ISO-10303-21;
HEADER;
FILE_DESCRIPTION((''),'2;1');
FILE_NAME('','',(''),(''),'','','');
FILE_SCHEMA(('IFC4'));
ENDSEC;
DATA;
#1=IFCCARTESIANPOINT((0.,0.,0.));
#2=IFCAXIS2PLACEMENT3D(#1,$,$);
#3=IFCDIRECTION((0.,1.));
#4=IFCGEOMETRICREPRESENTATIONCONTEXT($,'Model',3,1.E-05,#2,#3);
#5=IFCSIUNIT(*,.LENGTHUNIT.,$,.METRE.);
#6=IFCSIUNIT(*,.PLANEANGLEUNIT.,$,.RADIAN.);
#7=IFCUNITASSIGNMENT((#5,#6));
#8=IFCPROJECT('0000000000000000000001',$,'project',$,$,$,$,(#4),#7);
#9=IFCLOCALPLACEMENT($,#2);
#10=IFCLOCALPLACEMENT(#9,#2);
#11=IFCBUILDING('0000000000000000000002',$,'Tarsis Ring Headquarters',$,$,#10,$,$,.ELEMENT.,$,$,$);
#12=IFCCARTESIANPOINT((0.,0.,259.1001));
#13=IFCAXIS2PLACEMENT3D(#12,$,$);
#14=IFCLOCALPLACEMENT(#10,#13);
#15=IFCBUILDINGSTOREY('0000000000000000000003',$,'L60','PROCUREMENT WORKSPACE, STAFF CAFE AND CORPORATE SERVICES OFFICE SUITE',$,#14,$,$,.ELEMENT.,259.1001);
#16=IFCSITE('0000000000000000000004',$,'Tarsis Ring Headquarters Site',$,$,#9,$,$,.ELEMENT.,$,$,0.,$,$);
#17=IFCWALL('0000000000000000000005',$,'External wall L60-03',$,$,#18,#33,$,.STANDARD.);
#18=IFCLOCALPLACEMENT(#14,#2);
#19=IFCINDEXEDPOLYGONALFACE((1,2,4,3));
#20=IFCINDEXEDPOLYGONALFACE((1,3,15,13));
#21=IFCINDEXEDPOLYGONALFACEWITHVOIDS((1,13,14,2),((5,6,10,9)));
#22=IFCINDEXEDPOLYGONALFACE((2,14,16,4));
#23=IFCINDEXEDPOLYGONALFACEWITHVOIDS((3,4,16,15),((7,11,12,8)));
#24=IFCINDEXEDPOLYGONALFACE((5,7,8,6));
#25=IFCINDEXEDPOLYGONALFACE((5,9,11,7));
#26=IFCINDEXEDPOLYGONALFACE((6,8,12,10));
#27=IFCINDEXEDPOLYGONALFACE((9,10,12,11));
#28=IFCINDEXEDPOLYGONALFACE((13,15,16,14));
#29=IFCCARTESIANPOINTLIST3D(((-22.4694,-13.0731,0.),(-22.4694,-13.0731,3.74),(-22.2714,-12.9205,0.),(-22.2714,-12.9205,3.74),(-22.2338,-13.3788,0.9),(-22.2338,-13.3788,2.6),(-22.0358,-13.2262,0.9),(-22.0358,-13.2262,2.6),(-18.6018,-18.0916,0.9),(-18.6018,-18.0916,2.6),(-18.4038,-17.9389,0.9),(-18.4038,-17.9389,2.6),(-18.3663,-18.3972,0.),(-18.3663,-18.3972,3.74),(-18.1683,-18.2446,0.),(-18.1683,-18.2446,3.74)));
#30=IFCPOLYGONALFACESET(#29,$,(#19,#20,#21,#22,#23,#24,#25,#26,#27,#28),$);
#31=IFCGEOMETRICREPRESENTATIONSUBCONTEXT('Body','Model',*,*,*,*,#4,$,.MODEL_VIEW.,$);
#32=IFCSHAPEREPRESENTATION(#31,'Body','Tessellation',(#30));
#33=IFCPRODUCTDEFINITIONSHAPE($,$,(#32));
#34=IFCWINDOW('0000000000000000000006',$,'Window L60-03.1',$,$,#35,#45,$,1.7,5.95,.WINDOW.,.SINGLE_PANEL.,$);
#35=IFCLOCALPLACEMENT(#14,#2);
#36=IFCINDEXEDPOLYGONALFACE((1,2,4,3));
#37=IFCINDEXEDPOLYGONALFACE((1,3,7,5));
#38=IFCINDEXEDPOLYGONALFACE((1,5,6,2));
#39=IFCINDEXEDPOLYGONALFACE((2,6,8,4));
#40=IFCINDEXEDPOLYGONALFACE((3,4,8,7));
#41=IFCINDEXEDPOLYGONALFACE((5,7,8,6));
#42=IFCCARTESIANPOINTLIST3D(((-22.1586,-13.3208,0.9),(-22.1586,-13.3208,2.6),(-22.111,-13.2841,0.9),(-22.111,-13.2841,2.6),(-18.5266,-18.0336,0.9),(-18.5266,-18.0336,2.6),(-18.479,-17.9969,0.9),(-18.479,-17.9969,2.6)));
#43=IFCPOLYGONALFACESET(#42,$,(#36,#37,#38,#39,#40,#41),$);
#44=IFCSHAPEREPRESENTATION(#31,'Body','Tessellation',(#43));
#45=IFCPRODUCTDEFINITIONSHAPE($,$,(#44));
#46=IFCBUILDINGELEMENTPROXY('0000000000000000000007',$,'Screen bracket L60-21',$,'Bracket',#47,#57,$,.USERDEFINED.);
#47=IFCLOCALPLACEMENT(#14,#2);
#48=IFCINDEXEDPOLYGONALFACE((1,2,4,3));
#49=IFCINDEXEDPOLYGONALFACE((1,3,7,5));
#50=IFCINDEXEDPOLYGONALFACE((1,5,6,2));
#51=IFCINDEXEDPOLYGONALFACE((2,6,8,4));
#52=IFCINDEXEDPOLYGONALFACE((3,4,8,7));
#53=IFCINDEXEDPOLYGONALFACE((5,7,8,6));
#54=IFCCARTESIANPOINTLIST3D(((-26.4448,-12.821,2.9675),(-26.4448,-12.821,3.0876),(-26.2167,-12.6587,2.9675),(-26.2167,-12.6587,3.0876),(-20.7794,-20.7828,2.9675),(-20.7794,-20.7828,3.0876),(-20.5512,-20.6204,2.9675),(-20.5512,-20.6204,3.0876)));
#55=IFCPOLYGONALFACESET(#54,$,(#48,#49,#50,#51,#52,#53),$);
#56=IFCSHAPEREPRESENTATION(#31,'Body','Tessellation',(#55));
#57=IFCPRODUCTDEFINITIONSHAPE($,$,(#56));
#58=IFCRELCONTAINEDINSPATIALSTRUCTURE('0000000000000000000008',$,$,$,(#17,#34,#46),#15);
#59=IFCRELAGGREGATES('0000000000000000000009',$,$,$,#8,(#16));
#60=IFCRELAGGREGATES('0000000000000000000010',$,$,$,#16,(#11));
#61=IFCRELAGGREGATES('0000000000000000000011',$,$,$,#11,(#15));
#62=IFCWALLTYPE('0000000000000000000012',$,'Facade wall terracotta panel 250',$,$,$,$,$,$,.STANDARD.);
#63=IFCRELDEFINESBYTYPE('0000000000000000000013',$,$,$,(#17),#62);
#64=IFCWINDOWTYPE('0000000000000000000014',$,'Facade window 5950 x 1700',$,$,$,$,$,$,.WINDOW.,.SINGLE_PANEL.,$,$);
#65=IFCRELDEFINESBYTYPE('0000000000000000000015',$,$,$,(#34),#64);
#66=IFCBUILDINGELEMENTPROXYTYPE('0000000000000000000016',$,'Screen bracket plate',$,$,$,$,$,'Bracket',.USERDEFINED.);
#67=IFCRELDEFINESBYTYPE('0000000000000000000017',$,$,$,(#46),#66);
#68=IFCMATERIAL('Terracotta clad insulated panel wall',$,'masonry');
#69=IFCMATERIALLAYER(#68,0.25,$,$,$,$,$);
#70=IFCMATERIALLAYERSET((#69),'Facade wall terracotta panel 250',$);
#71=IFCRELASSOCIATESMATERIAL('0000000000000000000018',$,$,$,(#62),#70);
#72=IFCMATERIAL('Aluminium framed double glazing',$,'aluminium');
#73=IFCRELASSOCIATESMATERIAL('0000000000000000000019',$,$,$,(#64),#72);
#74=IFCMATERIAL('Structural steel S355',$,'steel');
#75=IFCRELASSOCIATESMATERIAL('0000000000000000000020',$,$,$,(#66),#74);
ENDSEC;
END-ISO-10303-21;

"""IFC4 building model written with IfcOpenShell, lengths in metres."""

from ifc_helpers import new_model, si_unit, direction, frame, frame_2d, origin, origin_2d, place, context, subcontext, project, spatial, rectangle, extrude, material, layer, layer_set, type_object, element, fill, save


model = new_model("IFC4")

# Units and contexts
model_context = context("Model", 3, precision=1e-05, world=origin(), true_north=direction((0.0, 1.0)))
body_context = subcontext(model_context, "Body", "Model", "MODEL_VIEW")
ifc_project = project(units=[si_unit("LENGTHUNIT", "METRE"), si_unit("PLANEANGLEUNIT", "RADIAN")], contexts=[model_context])

# Site, building, storey
site_placement = place(None, origin())
site = spatial("IfcSite", under=ifc_project, at=site_placement, Name="Tarsis Ring Headquarters Site", CompositionType="ELEMENT", RefElevation=0.0)
building_placement = place(site_placement, origin())
building = spatial("IfcBuilding", under=site, at=building_placement, Name="Tarsis Ring Headquarters", CompositionType="ELEMENT")
storey_placement = place(building_placement, frame((0.0, 0.0, 259.1001)))
storey = spatial("IfcBuildingStorey", under=building, at=storey_placement, Name="L60", Description="PROCUREMENT WORKSPACE, STAFF CAFE AND CORPORATE SERVICES OFFICE SUITE", CompositionType="ELEMENT", Elevation=259.1001)

# Shared definitions
ifc_material_1 = material(Name="Structural steel S355", Category="steel")

# Wall, opening, window
ifc_material_2 = material(Name="Terracotta clad insulated panel wall", Category="masonry")
ifc_layer_1 = layer(ifc_material_2, 0.25)
ifc_layer_set_1 = layer_set([ifc_layer_1], Name="Facade wall terracotta panel 250")
wall_type_1 = type_object("IfcWallType", Name="Facade wall terracotta panel 250", PredefinedType="STANDARD", material=ifc_layer_set_1)
ifc_material_3 = material(Name="Aluminium framed double glazing", Category="aluminium")
wall_1_placement = place(storey_placement, frame((-22.3704, -12.9968, 0.0), z_axis=(0.0, 0.0, 1.0), x_axis=(0.610427, -0.792073, 0.0)))
wall_1 = element("IfcWall", 1, at=wall_1_placement, inside=storey, type_object=wall_type_1, Name="External wall L60-03", PredefinedType="STANDARD", context=body_context, shape_type="SweptSolid", body=[
    extrude(rectangle(XDim=6.7217, YDim=0.25, at=frame_2d((3.3608, 0.0))), origin(), (0.0, 0.0, 1.0), 3.74),
])
opening_1_placement = place(wall_1_placement, frame((0.3857, 0.0, 0.8999)))
opening_1 = element("IfcOpeningElement", 2, at=opening_1_placement, cuts=wall_1, PredefinedType="OPENING", context=body_context, shape_type="SweptSolid", body=[
    extrude(rectangle(XDim=5.95, YDim=1.7, at=frame_2d((2.9751, 0.8501))), frame((0.0, 0.135, 0.0), z_axis=(0.0, -1.0, 0.0), x_axis=(1.0, 0.0, 0.0)), (0.0, 0.0, 1.0), 0.27),
])
window_type_1 = type_object("IfcWindowType", Name="Facade window 5950 x 1700", PartitioningType="SINGLE_PANEL", PredefinedType="WINDOW", material=ifc_material_3)
window_1_placement = place(opening_1_placement, origin())
window_1 = element("IfcWindow", 3, at=window_1_placement, inside=storey, type_object=window_type_1, Name="Window L60-03.1", OverallHeight=1.7, OverallWidth=5.95, PartitioningType="SINGLE_PANEL", PredefinedType="WINDOW", context=body_context, shape_type="SweptSolid", body=[
    extrude(rectangle(XDim=5.95, YDim=1.7, at=frame_2d((2.9751, 0.8501))), frame((0.0, 0.03, 0.0), z_axis=(0.0, -1.0, 0.0), x_axis=(1.0, 0.0, 0.0)), (0.0, 0.0, 1.0), 0.0601),
])
fill(opening_1, window_1)

# Building element proxy
building_element_proxy_type = type_object("IfcBuildingElementProxyType", Name="Screen bracket plate", ElementType="Bracket", PredefinedType="USERDEFINED", material=ifc_material_1)
proxy_placement = place(storey_placement, frame((-23.498, -16.7207, 2.9675), z_axis=(0.0, 0.0, 1.0), x_axis=(0.579779, -0.814774, 0.0)))
element("IfcBuildingElementProxy", 4, at=proxy_placement, inside=storey, type_object=building_element_proxy_type, Name="Screen bracket L60-21", ObjectType="Bracket", PredefinedType="USERDEFINED", context=body_context, shape_type="SweptSolid", body=[
    extrude(rectangle(XDim=9.7717, YDim=0.28, at=origin_2d()), origin(), (0.0, 0.0, 1.0), 0.1201),
])

save(model, "model.ifc")
